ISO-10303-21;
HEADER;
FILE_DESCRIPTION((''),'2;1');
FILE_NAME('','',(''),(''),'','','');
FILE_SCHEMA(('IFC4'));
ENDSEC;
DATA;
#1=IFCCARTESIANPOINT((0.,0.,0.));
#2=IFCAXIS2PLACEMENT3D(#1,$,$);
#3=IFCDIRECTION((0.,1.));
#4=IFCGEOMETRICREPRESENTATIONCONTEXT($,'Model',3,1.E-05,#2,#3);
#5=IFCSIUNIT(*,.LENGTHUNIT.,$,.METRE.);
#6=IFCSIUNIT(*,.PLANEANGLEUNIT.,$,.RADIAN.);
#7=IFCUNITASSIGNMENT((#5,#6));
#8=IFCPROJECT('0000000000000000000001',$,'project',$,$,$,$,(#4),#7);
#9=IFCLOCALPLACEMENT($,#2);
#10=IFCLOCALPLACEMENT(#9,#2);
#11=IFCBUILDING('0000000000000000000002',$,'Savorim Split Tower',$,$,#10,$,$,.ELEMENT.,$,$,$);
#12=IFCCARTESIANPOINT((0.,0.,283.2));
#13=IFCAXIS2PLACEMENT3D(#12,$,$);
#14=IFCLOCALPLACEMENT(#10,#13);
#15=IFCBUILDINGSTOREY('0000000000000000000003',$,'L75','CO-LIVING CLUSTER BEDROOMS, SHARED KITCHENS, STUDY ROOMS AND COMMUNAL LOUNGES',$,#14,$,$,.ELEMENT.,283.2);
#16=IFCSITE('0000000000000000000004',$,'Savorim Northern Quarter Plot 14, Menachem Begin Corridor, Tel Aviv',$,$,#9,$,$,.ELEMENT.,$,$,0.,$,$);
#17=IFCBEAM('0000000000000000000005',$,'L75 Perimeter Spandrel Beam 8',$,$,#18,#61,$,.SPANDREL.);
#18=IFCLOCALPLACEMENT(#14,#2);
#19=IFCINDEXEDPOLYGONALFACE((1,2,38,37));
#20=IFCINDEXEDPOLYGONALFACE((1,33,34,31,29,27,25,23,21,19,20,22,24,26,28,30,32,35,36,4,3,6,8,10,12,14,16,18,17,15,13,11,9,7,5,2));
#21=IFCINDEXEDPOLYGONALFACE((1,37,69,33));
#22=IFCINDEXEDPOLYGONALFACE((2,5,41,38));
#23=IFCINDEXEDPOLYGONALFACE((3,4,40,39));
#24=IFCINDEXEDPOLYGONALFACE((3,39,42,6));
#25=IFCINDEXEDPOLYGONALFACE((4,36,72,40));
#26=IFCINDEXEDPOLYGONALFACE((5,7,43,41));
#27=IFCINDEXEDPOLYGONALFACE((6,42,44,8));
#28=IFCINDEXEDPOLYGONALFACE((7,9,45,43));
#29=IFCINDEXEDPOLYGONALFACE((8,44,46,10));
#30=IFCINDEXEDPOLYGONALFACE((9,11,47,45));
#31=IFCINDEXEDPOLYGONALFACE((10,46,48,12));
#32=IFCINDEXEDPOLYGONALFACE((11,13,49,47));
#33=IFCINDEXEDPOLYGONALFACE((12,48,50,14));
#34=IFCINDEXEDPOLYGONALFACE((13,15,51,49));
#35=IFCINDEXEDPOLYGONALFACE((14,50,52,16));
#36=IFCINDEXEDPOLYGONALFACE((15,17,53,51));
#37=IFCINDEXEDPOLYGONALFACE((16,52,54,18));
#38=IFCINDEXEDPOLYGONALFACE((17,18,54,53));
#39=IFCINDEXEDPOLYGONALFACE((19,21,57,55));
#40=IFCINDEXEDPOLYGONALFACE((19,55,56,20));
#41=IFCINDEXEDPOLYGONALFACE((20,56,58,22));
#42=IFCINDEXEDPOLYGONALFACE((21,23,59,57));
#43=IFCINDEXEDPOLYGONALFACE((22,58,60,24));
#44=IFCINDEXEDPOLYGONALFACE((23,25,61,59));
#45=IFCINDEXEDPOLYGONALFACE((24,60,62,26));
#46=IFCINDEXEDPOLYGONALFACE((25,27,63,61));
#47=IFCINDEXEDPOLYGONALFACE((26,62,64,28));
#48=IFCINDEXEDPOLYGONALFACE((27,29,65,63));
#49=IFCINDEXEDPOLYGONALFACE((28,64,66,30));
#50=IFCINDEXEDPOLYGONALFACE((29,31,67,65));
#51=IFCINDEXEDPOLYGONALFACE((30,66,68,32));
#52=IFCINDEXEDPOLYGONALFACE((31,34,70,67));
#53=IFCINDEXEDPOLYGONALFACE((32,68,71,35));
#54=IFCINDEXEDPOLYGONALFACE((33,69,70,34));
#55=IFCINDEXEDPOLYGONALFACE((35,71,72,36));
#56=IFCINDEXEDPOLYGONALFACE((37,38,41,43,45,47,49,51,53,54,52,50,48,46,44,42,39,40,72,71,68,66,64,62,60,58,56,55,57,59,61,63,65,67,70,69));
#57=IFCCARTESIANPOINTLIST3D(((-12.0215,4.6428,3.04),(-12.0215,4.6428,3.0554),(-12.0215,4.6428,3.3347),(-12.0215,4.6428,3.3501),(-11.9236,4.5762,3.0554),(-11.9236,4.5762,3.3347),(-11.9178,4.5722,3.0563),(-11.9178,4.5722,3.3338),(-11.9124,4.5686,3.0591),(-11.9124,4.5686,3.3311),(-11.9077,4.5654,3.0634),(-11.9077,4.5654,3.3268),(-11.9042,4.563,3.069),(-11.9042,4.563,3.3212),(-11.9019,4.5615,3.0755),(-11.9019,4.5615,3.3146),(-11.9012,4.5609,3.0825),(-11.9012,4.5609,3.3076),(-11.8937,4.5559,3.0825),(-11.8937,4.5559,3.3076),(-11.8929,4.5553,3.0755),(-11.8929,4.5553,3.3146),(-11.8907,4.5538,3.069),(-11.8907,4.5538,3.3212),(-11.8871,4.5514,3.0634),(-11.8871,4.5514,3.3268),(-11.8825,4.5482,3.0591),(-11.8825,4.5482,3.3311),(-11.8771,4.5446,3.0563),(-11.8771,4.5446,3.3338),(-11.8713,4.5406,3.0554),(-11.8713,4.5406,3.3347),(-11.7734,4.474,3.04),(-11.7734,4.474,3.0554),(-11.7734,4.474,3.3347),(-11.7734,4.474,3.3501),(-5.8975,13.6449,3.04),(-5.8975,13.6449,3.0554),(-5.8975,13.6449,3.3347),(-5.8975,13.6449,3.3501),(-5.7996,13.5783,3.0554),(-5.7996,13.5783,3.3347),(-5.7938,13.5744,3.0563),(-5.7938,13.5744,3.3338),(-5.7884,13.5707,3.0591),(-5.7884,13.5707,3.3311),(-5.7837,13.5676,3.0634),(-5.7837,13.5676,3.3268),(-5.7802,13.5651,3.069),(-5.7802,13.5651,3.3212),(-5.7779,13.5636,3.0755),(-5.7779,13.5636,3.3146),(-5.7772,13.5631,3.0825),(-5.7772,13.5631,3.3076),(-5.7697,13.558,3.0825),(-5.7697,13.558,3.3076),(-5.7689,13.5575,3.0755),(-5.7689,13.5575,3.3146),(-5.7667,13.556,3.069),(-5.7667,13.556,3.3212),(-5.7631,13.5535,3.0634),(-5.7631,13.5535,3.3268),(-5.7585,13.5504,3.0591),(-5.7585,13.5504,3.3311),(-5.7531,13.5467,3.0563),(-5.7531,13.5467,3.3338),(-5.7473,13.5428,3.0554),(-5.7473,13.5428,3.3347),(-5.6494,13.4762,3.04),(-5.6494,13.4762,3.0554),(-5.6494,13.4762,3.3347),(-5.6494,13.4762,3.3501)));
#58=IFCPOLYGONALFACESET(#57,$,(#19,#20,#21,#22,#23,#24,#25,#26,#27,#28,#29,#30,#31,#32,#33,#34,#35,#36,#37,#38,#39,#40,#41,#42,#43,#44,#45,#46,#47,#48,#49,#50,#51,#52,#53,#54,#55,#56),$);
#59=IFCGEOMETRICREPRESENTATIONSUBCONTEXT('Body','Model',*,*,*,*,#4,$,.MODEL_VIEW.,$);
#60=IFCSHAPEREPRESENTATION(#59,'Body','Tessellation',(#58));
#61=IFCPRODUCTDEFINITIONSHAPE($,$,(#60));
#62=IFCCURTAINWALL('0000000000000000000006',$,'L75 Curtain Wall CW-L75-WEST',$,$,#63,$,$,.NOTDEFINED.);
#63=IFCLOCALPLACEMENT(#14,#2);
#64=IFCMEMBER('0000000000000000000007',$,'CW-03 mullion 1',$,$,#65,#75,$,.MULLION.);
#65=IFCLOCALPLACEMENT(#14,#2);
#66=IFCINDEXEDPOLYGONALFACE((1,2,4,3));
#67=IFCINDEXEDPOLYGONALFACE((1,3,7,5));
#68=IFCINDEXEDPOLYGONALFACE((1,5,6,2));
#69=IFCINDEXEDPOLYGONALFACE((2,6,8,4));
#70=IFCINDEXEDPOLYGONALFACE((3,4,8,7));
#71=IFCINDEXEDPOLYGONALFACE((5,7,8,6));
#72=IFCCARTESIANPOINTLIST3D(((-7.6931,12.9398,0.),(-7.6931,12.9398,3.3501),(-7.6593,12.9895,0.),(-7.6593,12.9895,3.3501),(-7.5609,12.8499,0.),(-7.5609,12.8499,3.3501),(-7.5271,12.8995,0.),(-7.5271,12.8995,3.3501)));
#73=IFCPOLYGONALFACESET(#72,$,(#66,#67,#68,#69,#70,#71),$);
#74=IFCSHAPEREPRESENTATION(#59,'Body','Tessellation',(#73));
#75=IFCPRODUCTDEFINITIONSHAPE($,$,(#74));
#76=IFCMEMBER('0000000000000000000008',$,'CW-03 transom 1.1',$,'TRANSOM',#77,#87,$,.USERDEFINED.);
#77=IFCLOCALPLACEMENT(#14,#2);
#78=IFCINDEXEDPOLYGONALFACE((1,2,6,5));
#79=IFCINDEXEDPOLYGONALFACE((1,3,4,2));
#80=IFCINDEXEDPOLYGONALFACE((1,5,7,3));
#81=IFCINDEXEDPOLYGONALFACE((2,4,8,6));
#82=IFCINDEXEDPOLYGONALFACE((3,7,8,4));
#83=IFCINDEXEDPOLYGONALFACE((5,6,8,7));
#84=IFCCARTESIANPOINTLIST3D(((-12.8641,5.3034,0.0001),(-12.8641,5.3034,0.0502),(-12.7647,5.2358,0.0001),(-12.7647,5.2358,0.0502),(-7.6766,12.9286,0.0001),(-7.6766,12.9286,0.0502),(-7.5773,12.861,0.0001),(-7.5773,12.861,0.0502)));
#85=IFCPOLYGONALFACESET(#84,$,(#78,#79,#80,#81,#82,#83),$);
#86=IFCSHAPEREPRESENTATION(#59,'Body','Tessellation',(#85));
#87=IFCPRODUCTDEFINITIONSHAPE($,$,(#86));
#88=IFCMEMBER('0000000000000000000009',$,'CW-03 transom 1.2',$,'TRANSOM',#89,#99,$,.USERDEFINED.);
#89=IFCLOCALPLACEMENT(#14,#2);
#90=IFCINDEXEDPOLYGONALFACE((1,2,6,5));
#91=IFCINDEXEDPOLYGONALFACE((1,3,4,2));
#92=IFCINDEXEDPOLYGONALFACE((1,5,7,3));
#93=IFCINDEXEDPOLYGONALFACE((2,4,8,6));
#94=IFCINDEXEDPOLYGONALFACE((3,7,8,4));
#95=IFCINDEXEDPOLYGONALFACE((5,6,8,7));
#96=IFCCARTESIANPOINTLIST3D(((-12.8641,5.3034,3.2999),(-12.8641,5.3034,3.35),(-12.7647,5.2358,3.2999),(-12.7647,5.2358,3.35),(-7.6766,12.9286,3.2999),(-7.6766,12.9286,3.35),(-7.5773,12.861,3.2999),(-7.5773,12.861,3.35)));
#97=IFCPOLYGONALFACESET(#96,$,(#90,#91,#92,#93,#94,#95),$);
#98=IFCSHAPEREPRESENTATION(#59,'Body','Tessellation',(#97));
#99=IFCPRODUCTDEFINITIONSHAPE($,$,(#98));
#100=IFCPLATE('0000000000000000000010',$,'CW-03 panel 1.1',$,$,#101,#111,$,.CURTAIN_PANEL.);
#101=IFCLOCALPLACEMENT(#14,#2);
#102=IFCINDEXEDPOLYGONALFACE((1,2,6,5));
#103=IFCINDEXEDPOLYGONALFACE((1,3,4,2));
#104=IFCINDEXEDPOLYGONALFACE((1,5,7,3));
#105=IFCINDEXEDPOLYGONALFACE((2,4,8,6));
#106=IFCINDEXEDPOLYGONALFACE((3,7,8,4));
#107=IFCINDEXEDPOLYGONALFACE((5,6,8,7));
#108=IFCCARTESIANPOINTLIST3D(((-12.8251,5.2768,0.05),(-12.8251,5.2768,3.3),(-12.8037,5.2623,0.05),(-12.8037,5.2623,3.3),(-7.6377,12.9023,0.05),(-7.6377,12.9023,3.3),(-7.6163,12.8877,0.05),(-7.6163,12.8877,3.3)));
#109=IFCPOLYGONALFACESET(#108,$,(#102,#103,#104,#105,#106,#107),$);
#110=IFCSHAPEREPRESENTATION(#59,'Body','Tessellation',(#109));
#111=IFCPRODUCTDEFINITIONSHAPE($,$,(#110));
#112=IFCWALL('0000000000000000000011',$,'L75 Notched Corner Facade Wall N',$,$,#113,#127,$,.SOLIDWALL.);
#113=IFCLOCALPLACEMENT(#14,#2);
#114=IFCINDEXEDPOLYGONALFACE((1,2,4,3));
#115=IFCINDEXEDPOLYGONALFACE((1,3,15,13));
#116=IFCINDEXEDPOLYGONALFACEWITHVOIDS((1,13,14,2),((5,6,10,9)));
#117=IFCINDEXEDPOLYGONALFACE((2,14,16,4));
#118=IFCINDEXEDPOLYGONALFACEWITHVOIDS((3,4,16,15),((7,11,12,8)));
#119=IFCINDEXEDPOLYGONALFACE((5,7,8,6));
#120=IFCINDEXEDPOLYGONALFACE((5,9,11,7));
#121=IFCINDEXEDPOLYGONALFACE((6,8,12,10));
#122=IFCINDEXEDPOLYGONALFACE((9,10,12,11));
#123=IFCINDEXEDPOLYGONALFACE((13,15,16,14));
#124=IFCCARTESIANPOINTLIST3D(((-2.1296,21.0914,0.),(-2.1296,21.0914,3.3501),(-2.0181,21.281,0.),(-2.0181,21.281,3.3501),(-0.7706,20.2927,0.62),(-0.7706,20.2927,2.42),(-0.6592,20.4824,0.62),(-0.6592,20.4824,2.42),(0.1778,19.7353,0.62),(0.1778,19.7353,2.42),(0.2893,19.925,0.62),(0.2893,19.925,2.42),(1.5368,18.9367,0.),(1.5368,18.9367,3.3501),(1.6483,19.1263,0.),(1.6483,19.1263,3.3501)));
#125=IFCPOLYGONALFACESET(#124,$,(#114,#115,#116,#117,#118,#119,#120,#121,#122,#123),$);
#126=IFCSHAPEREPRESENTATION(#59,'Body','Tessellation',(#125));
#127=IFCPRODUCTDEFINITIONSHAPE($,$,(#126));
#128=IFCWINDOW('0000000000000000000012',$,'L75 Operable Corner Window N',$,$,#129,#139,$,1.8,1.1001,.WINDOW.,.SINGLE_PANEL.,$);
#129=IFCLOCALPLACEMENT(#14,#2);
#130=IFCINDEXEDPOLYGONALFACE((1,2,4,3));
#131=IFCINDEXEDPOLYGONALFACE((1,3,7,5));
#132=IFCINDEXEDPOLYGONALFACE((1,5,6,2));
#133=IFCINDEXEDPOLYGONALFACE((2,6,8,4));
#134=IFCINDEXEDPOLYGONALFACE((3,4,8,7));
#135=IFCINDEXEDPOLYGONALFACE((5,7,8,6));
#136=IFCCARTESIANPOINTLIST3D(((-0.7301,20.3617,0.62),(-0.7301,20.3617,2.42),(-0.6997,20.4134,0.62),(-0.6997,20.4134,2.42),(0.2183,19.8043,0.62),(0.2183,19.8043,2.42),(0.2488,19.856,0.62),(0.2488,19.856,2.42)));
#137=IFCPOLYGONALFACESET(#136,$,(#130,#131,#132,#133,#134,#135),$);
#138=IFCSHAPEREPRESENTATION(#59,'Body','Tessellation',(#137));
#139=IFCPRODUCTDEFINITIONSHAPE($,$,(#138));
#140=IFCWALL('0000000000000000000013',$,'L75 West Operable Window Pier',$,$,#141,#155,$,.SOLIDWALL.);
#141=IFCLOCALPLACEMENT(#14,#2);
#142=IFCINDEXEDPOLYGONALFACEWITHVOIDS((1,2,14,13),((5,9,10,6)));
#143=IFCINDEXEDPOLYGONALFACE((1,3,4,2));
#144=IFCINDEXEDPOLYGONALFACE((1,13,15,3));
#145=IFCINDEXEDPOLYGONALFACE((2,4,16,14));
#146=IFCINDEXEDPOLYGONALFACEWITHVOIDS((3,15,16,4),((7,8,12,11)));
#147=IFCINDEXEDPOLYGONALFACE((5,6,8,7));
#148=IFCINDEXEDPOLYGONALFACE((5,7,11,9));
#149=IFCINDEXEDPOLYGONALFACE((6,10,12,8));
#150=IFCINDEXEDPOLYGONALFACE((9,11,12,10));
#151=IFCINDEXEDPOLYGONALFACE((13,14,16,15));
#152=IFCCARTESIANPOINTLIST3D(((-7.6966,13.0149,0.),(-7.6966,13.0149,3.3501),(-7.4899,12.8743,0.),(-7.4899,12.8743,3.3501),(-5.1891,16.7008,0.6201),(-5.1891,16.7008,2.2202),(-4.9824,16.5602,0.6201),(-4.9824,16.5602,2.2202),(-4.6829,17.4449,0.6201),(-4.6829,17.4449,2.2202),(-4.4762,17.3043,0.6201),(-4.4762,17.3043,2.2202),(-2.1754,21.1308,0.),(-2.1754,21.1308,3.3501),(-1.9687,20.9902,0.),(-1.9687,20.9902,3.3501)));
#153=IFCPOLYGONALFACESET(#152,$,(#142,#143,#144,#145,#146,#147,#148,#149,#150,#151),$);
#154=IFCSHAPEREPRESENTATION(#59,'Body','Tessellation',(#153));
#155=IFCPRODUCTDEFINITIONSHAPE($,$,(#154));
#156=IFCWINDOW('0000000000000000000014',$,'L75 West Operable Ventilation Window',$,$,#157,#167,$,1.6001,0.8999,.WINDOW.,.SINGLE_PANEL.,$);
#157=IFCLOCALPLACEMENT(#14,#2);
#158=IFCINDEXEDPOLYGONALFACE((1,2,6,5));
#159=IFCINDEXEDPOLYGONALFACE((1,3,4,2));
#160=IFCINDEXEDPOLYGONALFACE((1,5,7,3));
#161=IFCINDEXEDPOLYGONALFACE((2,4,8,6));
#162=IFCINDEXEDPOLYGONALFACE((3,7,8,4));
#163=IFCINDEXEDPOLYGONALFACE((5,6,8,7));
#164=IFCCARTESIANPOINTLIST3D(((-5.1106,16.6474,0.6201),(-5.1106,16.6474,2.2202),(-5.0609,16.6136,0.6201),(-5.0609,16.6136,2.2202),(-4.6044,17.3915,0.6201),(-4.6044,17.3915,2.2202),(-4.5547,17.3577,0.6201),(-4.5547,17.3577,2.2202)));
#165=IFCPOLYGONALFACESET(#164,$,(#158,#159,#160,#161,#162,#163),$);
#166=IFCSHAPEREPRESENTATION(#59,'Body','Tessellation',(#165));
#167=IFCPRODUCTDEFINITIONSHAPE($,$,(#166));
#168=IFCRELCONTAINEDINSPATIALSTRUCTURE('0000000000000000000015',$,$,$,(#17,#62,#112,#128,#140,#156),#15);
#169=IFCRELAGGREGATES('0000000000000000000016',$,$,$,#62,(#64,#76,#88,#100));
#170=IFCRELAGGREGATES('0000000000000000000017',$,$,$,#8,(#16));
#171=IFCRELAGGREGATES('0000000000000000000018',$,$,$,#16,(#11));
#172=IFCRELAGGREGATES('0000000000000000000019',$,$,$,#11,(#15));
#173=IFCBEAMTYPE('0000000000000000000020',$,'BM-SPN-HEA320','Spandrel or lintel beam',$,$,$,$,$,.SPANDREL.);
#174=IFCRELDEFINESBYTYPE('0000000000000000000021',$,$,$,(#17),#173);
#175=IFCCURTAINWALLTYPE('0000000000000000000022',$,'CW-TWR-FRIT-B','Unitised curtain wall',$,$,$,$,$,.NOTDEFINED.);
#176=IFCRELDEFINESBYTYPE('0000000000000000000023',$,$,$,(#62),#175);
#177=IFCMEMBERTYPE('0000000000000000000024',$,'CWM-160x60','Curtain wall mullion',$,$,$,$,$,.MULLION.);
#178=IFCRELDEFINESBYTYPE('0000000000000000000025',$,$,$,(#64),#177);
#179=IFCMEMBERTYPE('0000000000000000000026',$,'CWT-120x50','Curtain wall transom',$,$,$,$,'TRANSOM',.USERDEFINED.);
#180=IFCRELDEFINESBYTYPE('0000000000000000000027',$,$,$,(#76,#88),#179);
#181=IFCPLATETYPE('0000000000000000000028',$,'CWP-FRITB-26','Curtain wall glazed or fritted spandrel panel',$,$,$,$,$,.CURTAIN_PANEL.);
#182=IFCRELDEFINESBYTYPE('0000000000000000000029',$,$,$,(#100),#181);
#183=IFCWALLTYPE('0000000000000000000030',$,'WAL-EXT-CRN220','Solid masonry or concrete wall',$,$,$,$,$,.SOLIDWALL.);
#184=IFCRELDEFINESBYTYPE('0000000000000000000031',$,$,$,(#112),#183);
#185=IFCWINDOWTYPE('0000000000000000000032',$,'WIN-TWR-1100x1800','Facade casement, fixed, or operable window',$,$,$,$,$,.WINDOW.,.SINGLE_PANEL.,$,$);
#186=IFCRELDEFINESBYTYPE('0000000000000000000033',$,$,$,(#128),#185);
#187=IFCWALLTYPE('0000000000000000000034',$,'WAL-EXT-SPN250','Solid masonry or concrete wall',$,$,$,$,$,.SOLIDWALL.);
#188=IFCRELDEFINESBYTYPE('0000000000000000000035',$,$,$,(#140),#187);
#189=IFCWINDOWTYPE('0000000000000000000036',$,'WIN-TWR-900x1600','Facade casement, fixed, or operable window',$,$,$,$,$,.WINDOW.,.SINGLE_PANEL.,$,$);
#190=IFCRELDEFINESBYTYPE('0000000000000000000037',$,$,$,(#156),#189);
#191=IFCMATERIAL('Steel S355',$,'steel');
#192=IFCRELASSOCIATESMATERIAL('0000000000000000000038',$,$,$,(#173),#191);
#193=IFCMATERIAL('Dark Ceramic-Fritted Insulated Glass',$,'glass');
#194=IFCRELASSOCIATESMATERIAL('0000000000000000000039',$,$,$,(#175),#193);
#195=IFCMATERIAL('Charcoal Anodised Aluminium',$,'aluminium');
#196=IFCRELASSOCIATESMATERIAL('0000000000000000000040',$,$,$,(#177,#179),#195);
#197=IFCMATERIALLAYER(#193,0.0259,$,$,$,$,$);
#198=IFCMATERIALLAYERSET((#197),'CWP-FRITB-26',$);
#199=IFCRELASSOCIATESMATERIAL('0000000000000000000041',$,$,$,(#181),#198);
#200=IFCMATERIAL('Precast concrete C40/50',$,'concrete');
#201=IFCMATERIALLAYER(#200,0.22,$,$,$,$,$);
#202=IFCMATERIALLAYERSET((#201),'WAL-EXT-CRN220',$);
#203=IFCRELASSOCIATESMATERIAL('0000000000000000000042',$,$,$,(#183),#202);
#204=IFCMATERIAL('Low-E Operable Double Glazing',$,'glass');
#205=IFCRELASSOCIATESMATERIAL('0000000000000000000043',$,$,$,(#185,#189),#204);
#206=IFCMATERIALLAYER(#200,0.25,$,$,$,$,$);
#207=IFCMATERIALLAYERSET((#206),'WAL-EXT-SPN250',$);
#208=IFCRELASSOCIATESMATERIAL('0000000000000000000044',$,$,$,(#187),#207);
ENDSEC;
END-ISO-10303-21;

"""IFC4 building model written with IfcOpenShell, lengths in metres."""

from ifc_helpers import new_model, si_unit, direction, frame, frame_2d, origin, origin_2d, place, context, subcontext, project, spatial, rectangle, i_section, extrude, material, layer, layer_set, material_profile, profile_set, type_object, element, fill, aggregate, save


model = new_model("IFC4")

# Units and contexts
model_context = context("Model", 3, precision=1e-05, world=origin(), true_north=direction((0.0, 1.0)))
body_context = subcontext(model_context, "Body", "Model", "MODEL_VIEW")
ifc_project = project(units=[si_unit("LENGTHUNIT", "METRE"), si_unit("PLANEANGLEUNIT", "RADIAN")], contexts=[model_context])

# Site, building, storey
site_placement = place(None, origin())
site = spatial("IfcSite", under=ifc_project, at=site_placement, Name="Savorim Northern Quarter Plot 14, Menachem Begin Corridor, Tel Aviv", CompositionType="ELEMENT", RefElevation=0.0)
building_placement = place(site_placement, origin())
building = spatial("IfcBuilding", under=site, at=building_placement, Name="Savorim Split Tower", CompositionType="ELEMENT")
storey_placement = place(building_placement, frame((0.0, 0.0, 283.2)))
storey = spatial("IfcBuildingStorey", under=building, at=storey_placement, Name="L75", Description="CO-LIVING CLUSTER BEDROOMS, SHARED KITCHENS, STUDY ROOMS AND COMMUNAL LOUNGES", CompositionType="ELEMENT", Elevation=283.2)

# Shared definitions
ifc_material_1 = material(Name="Steel S355", Category="steel")

# Beam
ifc_material_profile_1 = material_profile(ifc_material_1, i_section(OverallWidth=0.3, OverallDepth=0.3101, WebThickness=0.009, FlangeThickness=0.0154, FilletRadius=0.0271, at=origin_2d()), Name="HEA 320")
ifc_profile_set_1 = profile_set([ifc_material_profile_1], Name="Steel S355")
beam_type_1 = type_object("IfcBeamType", Name="BM-SPN-HEA320", Description="Spandrel or lintel beam", PredefinedType="SPANDREL", material=ifc_profile_set_1)
beam_1_placement = place(storey_placement, frame((-5.7734, 13.5605, 3.1951), z_axis=(-0.562469, -0.826818, 0.0), x_axis=(0.826818, -0.562469, 0.0)))
element("IfcBeam", 1, at=beam_1_placement, inside=storey, type_object=beam_type_1, Name="L75 Perimeter Spandrel Beam 8", PredefinedType="SPANDREL", context=body_context, shape_type="SweptSolid", body=[
    extrude(i_section(OverallWidth=0.3, OverallDepth=0.3101, WebThickness=0.009, FlangeThickness=0.0154, FilletRadius=0.0271, at=origin_2d()), origin(), (0.0, 0.0, 1.0), 10.8877),
])

# Curtain wall, members, plate
ifc_material_2 = material(Name="Dark Ceramic-Fritted Insulated Glass", Category="glass")
curtain_wall_type = type_object("IfcCurtainWallType", Name="CW-TWR-FRIT-B", Description="Unitised curtain wall", PredefinedType="NOTDEFINED", material=ifc_material_2)
curtain_wall_placement = place(storey_placement, origin())
curtain_wall = element("IfcCurtainWall", 2, at=curtain_wall_placement, inside=storey, type_object=curtain_wall_type, Name="L75 Curtain Wall CW-L75-WEST", PredefinedType="NOTDEFINED")
ifc_material_3 = material(Name="Charcoal Anodised Aluminium", Category="aluminium")
ifc_material_profile_2 = material_profile(ifc_material_3, rectangle(XDim=0.1599, YDim=0.0601, at=origin_2d()), Name="ALU-M 160x60")
ifc_profile_set_2 = profile_set([ifc_material_profile_2], Name="Charcoal Anodised Aluminium")
member_type_1 = type_object("IfcMemberType", Name="CWM-160x60", Description="Curtain wall mullion", PredefinedType="MULLION", material=ifc_profile_set_2)
member_1_placement = place(storey_placement, frame((-7.6101, 12.9197, 0.0), z_axis=(0.0, 0.0, 1.0), x_axis=(0.826818, -0.56247, 0.0)))
member_1 = element("IfcMember", 3, at=member_1_placement, type_object=member_type_1, Name="CW-03 mullion 1", PredefinedType="MULLION", context=body_context, shape_type="SweptSolid", body=[
    extrude(rectangle(XDim=0.1599, YDim=0.0601, at=origin_2d()), origin(), (0.0, 0.0, 1.0), 3.3501),
])
ifc_material_profile_3 = material_profile(ifc_material_3, rectangle(XDim=0.1201, YDim=0.05, at=origin_2d()), Name="ALU-T 120x50")
ifc_profile_set_3 = profile_set([ifc_material_profile_3], Name="Charcoal Anodised Aluminium")
member_type_2 = type_object("IfcMemberType", Name="CWT-120x50", Description="Curtain wall transom", ElementType="TRANSOM", PredefinedType="USERDEFINED", material=ifc_profile_set_3)
member_2_placement = place(storey_placement, frame((-7.627, 12.8948, 0.0251), z_axis=(-0.562483, -0.826809, 0.0), x_axis=(0.826809, -0.562483, 0.0)))
member_2 = element("IfcMember", 4, at=member_2_placement, type_object=member_type_2, Name="CW-03 transom 1.1", ObjectType="TRANSOM", PredefinedType="USERDEFINED", context=body_context, shape_type="SweptSolid", body=[
    extrude(rectangle(XDim=0.1201, YDim=0.05, at=origin_2d()), origin(), (0.0, 0.0, 1.0), 9.2224),
])
member_3_placement = place(storey_placement, frame((-7.627, 12.8948, 3.325), z_axis=(-0.562483, -0.826809, 0.0), x_axis=(0.826809, -0.562483, 0.0)))
member_3 = element("IfcMember", 5, at=member_3_placement, type_object=member_type_2, Name="CW-03 transom 1.2", ObjectType="TRANSOM", PredefinedType="USERDEFINED", context=body_context, shape_type="SweptSolid", body=[
    extrude(rectangle(XDim=0.1201, YDim=0.05, at=origin_2d()), origin(), (0.0, 0.0, 1.0), 9.2224),
])
ifc_layer_1 = layer(ifc_material_2, 0.0259)
ifc_layer_set_1 = layer_set([ifc_layer_1], Name="CWP-FRITB-26")
plate_type = type_object("IfcPlateType", Name="CWP-FRITB-26", Description="Curtain wall glazed or fritted spandrel panel", PredefinedType="CURTAIN_PANEL", material=ifc_layer_set_1)
plate_placement = place(storey_placement, frame((-10.2207, 9.0823, 0.05), z_axis=(0.0, 0.0, 1.0), x_axis=(-0.56247, -0.826818, 0.0)))
plate = element("IfcPlate", 6, at=plate_placement, type_object=plate_type, Name="CW-03 panel 1.1", PredefinedType="CURTAIN_PANEL", context=body_context, shape_type="SweptSolid", body=[
    extrude(rectangle(XDim=9.2227, YDim=0.0259, at=origin_2d()), origin(), (0.0, 0.0, 1.0), 3.25),
])
aggregate(curtain_wall, [member_1, member_2, member_3, plate])

# Walls, openings, windows
ifc_material_4 = material(Name="Precast concrete C40/50", Category="concrete")
ifc_layer_2 = layer(ifc_material_4, 0.22)
ifc_layer_set_2 = layer_set([ifc_layer_2], Name="WAL-EXT-CRN220")
wall_type_1 = type_object("IfcWallType", Name="WAL-EXT-CRN220", Description="Solid masonry or concrete wall", PredefinedType="SOLIDWALL", material=ifc_layer_set_2)
wall_1_placement = place(storey_placement, frame((-2.074, 21.1863, 0.0), z_axis=(0.0, 0.0, 1.0), x_axis=(0.862138, -0.506674, 0.0)))
wall_1 = element("IfcWall", 7, at=wall_1_placement, inside=storey, type_object=wall_type_1, Name="L75 Notched Corner Facade Wall N", PredefinedType="SOLIDWALL", context=body_context, shape_type="SweptSolid", body=[
    extrude(rectangle(XDim=4.2527, YDim=0.22, at=frame_2d((2.1265, 0.0))), origin(), (0.0, 0.0, 1.0), 3.3501),
])
opening_1_placement = place(wall_1_placement, frame((1.5764, 0.0, 0.6201)))
opening_1 = element("IfcOpeningElement", 8, at=opening_1_placement, cuts=wall_1, PredefinedType="OPENING", context=body_context, shape_type="SweptSolid", body=[
    extrude(rectangle(XDim=1.1001, YDim=1.8, at=frame_2d((0.55, 0.8999))), frame((0.0, 0.1199, 0.0), z_axis=(0.0, -1.0, 0.0), x_axis=(1.0, 0.0, 0.0)), (0.0, 0.0, 1.0), 0.24),
])
ifc_material_5 = material(Name="Low-E Operable Double Glazing", Category="glass")
window_type_1 = type_object("IfcWindowType", Name="WIN-TWR-1100x1800", Description="Facade casement, fixed, or operable window", PartitioningType="SINGLE_PANEL", PredefinedType="WINDOW", material=ifc_material_5)
window_1_placement = place(opening_1_placement, origin())
window_1 = element("IfcWindow", 9, at=window_1_placement, inside=storey, type_object=window_type_1, Name="L75 Operable Corner Window N", OverallHeight=1.8, OverallWidth=1.1001, PartitioningType="SINGLE_PANEL", PredefinedType="WINDOW", context=body_context, shape_type="SweptSolid", body=[
    extrude(rectangle(XDim=1.1001, YDim=1.8, at=frame_2d((0.55, 0.8999))), frame((0.0, 0.03, 0.0), z_axis=(0.0, -1.0, 0.0), x_axis=(1.0, 0.0, 0.0)), (0.0, 0.0, 1.0), 0.0601),
])
fill(opening_1, window_1)
ifc_layer_3 = layer(ifc_material_4, 0.25)
ifc_layer_set_3 = layer_set([ifc_layer_3], Name="WAL-EXT-SPN250")
wall_type_2 = type_object("IfcWallType", Name="WAL-EXT-SPN250", Description="Solid masonry or concrete wall", PredefinedType="SOLIDWALL", material=ifc_layer_set_3)
wall_2_placement = place(storey_placement, frame((-7.5933, 12.9446, 0.0), z_axis=(0.0, 0.0, 1.0), x_axis=(0.562476, 0.826814, 0.0)))
wall_2 = element("IfcWall", 10, at=wall_2_placement, inside=storey, type_object=wall_type_2, Name="L75 West Operable Window Pier", PredefinedType="SOLIDWALL", context=body_context, shape_type="SweptSolid", body=[
    extrude(rectangle(XDim=9.8159, YDim=0.25, at=frame_2d((4.908, 0.0))), origin(), (0.0, 0.0, 1.0), 3.3501),
])
opening_2_placement = place(wall_2_placement, frame((4.458, 0.0, 0.6201)))
opening_2 = element("IfcOpeningElement", 11, at=opening_2_placement, cuts=wall_2, PredefinedType="OPENING", context=body_context, shape_type="SweptSolid", body=[
    extrude(rectangle(XDim=0.8999, YDim=1.6001, at=frame_2d((0.45, 0.8))), frame((0.0, 0.135, 0.0), z_axis=(0.0, -1.0, 0.0), x_axis=(1.0, 0.0, 0.0)), (0.0, 0.0, 1.0), 0.27),
])
window_type_2 = type_object("IfcWindowType", Name="WIN-TWR-900x1600", Description="Facade casement, fixed, or operable window", PartitioningType="SINGLE_PANEL", PredefinedType="WINDOW", material=ifc_material_5)
window_2_placement = place(opening_2_placement, origin())
window_2 = element("IfcWindow", 12, at=window_2_placement, inside=storey, type_object=window_type_2, Name="L75 West Operable Ventilation Window", OverallHeight=1.6001, OverallWidth=0.8999, PartitioningType="SINGLE_PANEL", PredefinedType="WINDOW", context=body_context, shape_type="SweptSolid", body=[
    extrude(rectangle(XDim=0.8999, YDim=1.6001, at=frame_2d((0.45, 0.8))), frame((0.0, 0.03, 0.0), z_axis=(0.0, -1.0, 0.0), x_axis=(1.0, 0.0, 0.0)), (0.0, 0.0, 1.0), 0.0601),
])
fill(opening_2, window_2)

save(model, "model.ifc")
